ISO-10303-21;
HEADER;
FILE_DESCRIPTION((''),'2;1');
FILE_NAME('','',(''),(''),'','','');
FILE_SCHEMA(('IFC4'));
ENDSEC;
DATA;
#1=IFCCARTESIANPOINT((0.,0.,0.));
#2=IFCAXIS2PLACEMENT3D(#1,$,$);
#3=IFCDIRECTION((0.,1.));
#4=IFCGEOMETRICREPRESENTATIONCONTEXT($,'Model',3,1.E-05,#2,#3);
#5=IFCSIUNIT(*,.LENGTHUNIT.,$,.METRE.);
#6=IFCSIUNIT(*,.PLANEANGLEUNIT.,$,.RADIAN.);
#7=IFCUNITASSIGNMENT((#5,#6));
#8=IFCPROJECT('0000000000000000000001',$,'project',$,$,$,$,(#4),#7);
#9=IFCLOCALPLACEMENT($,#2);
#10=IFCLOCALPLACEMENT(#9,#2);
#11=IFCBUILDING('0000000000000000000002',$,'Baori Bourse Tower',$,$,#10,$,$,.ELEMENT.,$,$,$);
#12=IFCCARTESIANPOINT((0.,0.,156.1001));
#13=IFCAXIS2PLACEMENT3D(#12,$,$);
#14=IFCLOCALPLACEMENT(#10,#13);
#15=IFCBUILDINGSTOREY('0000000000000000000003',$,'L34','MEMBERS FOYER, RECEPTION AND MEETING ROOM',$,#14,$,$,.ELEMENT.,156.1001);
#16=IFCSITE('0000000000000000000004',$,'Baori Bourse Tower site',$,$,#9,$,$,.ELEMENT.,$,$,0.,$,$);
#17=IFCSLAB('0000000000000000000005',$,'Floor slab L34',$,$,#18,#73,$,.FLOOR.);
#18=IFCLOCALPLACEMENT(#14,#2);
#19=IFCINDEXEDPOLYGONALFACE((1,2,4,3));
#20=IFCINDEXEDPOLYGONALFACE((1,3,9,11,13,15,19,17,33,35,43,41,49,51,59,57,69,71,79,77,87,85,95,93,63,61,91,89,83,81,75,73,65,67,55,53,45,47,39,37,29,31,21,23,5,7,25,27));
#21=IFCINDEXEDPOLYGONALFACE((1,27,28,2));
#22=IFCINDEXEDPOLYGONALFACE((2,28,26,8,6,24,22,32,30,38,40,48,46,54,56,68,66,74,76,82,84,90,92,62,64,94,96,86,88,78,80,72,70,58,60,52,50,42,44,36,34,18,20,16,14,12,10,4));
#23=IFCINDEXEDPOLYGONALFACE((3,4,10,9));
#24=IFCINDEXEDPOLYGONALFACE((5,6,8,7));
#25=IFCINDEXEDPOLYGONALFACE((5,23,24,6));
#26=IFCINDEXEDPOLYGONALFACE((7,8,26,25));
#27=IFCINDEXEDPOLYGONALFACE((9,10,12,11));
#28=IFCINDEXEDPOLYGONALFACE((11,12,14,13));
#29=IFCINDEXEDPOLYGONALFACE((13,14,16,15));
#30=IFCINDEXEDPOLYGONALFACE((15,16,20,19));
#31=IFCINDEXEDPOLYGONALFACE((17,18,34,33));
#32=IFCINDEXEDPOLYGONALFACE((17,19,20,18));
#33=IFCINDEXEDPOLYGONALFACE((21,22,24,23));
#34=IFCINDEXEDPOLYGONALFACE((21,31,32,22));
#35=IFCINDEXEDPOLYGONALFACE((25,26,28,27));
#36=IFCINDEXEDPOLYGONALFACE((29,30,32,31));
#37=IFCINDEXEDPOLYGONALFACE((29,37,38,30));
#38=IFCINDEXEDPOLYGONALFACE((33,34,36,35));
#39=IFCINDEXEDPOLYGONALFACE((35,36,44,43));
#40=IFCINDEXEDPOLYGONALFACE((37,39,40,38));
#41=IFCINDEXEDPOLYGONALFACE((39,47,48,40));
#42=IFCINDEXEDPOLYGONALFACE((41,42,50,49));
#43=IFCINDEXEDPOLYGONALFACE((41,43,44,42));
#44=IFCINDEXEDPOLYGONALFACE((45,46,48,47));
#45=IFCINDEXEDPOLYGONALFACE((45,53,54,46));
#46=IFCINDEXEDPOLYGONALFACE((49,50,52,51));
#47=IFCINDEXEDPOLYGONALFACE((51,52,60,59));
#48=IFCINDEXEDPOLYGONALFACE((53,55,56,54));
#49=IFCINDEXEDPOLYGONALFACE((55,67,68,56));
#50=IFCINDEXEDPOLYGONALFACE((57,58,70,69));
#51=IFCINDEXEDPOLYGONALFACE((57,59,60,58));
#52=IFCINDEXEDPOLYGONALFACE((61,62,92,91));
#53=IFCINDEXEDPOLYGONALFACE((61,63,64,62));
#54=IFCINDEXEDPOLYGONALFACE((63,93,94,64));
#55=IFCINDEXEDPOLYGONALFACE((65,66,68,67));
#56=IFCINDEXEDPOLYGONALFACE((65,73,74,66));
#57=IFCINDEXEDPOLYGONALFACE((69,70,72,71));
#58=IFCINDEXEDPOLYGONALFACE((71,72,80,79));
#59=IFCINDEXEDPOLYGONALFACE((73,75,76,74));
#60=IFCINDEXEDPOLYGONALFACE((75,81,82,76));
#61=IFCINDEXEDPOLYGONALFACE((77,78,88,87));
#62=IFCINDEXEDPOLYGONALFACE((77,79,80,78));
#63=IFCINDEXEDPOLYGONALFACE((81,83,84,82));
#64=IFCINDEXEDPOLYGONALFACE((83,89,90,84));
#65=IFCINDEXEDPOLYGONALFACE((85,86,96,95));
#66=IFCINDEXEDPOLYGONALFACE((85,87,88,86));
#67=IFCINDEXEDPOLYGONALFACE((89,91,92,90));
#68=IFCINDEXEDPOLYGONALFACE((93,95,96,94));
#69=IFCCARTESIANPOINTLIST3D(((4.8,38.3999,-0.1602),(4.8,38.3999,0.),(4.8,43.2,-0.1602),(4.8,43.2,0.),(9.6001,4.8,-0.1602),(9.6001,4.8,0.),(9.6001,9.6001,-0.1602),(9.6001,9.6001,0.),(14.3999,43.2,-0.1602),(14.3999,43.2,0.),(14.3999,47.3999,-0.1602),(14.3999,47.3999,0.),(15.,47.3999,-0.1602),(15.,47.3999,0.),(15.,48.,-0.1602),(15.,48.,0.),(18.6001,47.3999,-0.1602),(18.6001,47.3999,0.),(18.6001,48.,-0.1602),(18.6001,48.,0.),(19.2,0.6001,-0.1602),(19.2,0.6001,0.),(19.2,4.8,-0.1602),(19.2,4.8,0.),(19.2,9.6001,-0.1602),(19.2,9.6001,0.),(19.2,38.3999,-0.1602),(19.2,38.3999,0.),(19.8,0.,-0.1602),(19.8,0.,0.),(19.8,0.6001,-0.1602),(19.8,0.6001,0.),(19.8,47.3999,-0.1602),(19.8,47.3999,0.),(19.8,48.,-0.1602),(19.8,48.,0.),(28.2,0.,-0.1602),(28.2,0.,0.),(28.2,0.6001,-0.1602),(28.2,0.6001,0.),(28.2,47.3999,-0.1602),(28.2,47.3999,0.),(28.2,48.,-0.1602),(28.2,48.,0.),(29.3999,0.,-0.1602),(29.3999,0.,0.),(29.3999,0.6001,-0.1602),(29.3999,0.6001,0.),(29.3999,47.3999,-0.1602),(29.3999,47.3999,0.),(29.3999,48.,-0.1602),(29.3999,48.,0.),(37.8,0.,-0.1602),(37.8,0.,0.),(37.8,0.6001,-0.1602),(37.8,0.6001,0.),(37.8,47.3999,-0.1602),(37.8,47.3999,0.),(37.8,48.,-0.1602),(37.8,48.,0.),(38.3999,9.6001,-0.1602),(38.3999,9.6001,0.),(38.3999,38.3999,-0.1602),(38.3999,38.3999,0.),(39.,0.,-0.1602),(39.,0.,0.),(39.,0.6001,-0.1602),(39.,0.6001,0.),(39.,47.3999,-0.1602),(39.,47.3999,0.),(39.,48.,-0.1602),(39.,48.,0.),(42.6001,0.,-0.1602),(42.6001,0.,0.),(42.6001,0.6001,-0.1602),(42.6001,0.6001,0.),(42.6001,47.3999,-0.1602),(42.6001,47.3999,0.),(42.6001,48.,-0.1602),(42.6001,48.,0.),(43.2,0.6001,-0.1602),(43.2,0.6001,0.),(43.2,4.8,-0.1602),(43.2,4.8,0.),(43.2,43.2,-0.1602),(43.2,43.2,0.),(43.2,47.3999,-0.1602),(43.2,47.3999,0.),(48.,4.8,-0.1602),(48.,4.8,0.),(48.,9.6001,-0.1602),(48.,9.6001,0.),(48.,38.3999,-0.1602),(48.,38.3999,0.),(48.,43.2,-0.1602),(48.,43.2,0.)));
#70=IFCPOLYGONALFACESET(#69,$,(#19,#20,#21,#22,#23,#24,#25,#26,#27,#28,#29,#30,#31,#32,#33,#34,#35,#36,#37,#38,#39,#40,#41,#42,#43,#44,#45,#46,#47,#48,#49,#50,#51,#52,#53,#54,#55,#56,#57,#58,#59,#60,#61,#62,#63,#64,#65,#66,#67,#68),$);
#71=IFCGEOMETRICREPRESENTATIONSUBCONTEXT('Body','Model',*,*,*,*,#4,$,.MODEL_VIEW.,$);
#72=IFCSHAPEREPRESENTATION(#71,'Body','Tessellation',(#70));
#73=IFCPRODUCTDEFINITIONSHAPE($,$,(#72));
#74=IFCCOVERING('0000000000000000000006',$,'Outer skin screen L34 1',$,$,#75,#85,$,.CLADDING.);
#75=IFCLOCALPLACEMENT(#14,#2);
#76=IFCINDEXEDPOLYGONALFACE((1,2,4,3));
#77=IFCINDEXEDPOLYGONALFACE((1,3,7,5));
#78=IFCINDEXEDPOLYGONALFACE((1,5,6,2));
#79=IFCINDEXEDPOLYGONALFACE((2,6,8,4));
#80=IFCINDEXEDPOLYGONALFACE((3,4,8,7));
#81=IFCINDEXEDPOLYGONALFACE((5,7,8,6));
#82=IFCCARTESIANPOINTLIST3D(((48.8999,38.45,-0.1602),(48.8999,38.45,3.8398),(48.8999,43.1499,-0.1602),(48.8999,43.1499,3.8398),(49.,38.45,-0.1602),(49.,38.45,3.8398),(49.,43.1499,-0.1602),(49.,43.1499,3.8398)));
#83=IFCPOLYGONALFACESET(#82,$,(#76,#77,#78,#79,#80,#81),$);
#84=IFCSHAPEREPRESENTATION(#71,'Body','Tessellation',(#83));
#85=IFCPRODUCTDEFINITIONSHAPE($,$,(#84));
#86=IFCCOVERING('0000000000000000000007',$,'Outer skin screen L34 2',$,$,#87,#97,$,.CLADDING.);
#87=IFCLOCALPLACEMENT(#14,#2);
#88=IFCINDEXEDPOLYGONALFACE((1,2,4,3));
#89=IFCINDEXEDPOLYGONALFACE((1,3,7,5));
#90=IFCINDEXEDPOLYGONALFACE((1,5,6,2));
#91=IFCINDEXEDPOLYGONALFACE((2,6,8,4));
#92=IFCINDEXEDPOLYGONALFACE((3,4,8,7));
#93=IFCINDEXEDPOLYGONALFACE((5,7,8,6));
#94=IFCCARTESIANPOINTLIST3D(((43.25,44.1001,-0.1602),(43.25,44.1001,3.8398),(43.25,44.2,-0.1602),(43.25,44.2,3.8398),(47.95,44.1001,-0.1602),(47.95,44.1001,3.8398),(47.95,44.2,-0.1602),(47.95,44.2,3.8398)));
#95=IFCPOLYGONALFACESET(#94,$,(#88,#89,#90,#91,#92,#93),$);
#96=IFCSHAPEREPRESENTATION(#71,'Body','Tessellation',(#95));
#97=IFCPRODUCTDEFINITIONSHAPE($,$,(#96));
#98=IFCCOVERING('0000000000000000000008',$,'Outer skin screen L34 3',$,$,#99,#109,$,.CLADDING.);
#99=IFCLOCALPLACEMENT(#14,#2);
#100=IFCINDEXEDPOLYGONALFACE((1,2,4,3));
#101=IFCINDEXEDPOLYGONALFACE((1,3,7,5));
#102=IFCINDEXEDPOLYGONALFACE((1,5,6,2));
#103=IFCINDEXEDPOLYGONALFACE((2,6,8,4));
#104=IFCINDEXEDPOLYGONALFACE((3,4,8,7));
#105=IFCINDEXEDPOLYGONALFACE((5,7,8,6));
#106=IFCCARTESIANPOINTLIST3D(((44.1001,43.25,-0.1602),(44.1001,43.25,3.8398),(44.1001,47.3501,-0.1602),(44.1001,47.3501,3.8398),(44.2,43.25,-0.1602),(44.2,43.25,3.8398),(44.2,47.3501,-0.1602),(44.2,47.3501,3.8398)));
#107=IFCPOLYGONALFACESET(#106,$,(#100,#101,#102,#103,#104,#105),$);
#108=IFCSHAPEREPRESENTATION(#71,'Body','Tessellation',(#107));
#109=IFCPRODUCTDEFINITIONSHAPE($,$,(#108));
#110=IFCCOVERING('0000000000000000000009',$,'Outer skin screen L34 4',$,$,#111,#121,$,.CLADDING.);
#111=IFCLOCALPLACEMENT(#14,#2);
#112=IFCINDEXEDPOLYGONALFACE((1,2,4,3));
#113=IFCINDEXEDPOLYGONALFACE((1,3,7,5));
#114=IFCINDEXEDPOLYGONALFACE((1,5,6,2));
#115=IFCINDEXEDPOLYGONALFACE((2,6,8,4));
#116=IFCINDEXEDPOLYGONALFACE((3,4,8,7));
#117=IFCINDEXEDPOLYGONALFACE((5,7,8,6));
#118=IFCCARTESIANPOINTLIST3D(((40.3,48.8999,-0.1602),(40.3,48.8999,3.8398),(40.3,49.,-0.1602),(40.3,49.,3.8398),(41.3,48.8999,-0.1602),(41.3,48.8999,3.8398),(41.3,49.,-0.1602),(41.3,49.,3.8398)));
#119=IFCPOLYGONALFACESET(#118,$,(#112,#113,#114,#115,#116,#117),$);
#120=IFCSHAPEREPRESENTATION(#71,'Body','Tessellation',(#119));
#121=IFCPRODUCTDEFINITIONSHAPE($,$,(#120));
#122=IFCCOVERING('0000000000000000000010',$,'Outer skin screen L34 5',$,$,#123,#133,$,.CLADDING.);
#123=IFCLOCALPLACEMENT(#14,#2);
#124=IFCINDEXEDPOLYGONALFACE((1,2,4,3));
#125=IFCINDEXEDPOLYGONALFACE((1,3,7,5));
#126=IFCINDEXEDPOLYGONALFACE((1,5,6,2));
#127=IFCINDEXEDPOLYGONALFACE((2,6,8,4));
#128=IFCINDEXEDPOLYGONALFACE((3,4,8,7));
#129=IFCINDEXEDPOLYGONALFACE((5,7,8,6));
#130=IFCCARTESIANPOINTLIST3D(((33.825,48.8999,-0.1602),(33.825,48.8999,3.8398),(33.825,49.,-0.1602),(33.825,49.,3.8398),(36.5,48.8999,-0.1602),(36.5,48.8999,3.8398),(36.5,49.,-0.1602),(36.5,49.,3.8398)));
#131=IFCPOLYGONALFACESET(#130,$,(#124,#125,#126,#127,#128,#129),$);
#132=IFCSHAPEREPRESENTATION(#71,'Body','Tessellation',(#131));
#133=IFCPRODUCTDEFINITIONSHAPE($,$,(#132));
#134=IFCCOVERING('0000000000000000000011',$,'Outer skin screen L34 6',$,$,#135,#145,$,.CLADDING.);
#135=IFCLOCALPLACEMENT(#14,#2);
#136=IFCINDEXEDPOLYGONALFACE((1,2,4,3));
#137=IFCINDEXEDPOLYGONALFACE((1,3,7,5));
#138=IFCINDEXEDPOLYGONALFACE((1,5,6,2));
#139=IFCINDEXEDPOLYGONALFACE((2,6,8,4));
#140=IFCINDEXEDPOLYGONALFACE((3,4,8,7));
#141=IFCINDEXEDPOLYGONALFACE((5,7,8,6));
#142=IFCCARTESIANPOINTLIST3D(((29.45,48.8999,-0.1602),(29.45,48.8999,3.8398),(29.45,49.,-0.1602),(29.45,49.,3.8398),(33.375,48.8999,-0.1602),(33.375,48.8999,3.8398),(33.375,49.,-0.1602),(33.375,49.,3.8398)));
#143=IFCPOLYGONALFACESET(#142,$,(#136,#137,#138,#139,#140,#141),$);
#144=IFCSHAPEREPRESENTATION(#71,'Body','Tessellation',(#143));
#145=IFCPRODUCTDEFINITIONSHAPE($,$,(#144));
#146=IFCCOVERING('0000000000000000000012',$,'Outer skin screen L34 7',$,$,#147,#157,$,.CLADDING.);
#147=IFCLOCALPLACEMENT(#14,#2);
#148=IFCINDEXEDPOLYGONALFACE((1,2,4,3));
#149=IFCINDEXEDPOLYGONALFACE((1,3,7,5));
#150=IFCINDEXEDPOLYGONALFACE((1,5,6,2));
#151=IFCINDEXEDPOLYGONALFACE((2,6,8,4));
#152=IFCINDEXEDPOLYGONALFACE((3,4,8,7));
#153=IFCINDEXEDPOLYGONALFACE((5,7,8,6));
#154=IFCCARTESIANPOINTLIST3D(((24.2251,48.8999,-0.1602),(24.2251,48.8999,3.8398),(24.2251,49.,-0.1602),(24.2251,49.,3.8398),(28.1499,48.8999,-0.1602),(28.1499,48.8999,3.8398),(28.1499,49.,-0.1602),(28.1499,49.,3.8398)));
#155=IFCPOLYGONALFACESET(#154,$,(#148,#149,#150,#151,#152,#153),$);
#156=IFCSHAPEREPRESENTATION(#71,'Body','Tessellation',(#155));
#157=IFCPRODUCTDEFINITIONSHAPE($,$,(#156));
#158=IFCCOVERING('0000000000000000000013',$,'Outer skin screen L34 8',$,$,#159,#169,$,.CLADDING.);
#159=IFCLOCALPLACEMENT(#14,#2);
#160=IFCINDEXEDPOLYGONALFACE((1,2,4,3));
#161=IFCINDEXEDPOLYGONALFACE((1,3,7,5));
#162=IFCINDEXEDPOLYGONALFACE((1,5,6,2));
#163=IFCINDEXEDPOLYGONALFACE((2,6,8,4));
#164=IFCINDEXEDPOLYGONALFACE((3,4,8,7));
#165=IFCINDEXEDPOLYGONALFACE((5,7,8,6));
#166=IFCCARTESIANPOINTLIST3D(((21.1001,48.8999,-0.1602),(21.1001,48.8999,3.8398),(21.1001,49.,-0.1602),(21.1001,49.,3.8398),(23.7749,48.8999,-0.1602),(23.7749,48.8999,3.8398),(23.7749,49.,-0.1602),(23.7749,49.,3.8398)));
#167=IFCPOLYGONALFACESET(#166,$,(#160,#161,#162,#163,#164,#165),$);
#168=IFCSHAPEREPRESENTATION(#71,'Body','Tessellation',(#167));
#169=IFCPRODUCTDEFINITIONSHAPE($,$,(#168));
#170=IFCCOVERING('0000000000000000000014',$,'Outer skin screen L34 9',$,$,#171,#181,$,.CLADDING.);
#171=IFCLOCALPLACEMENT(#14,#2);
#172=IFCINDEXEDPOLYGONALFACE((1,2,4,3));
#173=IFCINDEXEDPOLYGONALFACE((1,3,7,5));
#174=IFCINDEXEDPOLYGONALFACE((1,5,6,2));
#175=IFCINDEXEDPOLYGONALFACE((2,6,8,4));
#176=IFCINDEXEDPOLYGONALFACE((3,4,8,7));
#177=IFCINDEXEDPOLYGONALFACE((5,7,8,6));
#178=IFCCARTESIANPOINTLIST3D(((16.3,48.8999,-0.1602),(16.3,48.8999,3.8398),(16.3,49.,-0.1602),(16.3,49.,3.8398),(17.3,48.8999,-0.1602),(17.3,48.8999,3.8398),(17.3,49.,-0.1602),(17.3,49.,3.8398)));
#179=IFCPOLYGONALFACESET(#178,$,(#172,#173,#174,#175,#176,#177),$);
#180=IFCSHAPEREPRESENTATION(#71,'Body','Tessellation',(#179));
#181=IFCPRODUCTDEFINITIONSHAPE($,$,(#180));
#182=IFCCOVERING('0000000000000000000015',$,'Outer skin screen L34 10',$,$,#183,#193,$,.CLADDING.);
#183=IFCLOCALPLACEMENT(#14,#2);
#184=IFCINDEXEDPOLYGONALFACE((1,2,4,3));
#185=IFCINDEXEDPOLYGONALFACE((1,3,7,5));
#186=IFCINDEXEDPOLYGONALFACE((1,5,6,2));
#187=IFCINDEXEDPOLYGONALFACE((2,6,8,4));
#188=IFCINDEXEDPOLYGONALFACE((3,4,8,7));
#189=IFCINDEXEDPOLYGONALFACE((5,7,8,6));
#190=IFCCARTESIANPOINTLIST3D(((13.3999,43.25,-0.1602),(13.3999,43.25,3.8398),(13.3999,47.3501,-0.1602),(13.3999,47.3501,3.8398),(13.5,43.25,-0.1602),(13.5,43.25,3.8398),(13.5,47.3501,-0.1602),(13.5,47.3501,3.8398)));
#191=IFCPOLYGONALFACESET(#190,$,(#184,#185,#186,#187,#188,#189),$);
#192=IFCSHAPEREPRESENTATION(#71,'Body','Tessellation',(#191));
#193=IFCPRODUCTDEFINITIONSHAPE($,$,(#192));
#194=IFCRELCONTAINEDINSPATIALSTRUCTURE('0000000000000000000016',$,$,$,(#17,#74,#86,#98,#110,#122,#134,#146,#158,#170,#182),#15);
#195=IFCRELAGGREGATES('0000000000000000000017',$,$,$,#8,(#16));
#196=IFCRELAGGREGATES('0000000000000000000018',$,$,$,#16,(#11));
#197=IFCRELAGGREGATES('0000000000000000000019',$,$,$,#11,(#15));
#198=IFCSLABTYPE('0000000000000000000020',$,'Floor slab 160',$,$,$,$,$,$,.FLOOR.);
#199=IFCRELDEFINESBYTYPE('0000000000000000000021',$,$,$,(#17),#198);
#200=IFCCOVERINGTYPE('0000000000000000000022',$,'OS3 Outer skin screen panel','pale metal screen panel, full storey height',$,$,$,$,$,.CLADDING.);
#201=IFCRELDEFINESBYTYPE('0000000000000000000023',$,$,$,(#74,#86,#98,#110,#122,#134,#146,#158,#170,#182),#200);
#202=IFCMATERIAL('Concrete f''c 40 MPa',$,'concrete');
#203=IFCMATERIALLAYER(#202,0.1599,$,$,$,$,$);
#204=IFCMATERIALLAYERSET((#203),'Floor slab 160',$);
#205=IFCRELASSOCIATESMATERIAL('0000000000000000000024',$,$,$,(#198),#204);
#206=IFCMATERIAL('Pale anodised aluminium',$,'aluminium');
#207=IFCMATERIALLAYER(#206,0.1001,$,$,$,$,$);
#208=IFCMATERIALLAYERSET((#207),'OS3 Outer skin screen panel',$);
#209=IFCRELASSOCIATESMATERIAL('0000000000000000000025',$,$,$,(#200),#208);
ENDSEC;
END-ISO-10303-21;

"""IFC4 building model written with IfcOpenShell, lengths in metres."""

from ifc_helpers import new_model, si_unit, direction, frame, origin, place, context, subcontext, project, spatial, polyline, outline, extrude, material, layer, layer_set, type_object, element, save


model = new_model("IFC4")

# Units and contexts
model_context = context("Model", 3, precision=1e-05, world=origin(), true_north=direction((0.0, 1.0)))
body_context = subcontext(model_context, "Body", "Model", "MODEL_VIEW")
ifc_project = project(units=[si_unit("LENGTHUNIT", "METRE"), si_unit("PLANEANGLEUNIT", "RADIAN")], contexts=[model_context])

# Site, building, storey
site_placement = place(None, origin())
site = spatial("IfcSite", under=ifc_project, at=site_placement, Name="Baori Bourse Tower site", CompositionType="ELEMENT", RefElevation=0.0)
building_placement = place(site_placement, origin())
building = spatial("IfcBuilding", under=site, at=building_placement, Name="Baori Bourse Tower", CompositionType="ELEMENT")
storey_placement = place(building_placement, frame((0.0, 0.0, 156.1001)))
storey = spatial("IfcBuildingStorey", under=building, at=storey_placement, Name="L34", Description="MEMBERS FOYER, RECEPTION AND MEETING ROOM", CompositionType="ELEMENT", Elevation=156.1001)

# Slab
ifc_material_1 = material(Name="Concrete f'c 40 MPa", Category="concrete")
ifc_layer_1 = layer(ifc_material_1, 0.1599)
ifc_layer_set_1 = layer_set([ifc_layer_1], Name="Floor slab 160")
slab_type_1 = type_object("IfcSlabType", Name="Floor slab 160", PredefinedType="FLOOR", material=ifc_layer_set_1)
slab_1_placement = place(storey_placement, frame((0.0, 0.0, -0.1602)))
element("IfcSlab", 1, at=slab_1_placement, inside=storey, type_object=slab_type_1, Name="Floor slab L34", PredefinedType="FLOOR", context=body_context, shape_type="SweptSolid", body=[
    extrude(outline(polyline([(19.2, 4.8), (9.6001, 4.8), (9.6001, 9.6001), (19.2, 9.6001), (19.2, 38.3999), (4.8, 38.3999), (4.8, 43.2), (14.3999, 43.2), (14.3999, 47.3999), (15.0, 47.3999), (15.0, 48.0), (18.6001, 48.0), (18.6001, 47.3999), (19.8, 47.3999), (19.8, 48.0), (28.2, 48.0), (28.2, 47.3999), (29.3999, 47.3999), (29.3999, 48.0), (37.8, 48.0), (37.8, 47.3999), (39.0, 47.3999), (39.0, 48.0), (42.6001, 48.0), (42.6001, 47.3999), (43.2, 47.3999), (43.2, 43.2), (48.0, 43.2), (48.0, 38.3999), (38.3999, 38.3999), (38.3999, 9.6001), (48.0, 9.6001), (48.0, 4.8), (43.2, 4.8), (43.2, 0.6001), (42.6001, 0.6001), (42.6001, 0.0), (39.0, 0.0), (39.0, 0.6001), (37.8, 0.6001), (37.8, 0.0), (29.3999, 0.0), (29.3999, 0.6001), (28.2, 0.6001), (28.2, 0.0), (19.8, 0.0), (19.8, 0.6001), (19.2, 0.6001), (19.2, 4.8)])), origin(), (0.0, 0.0, 1.0), 0.1602),
])

# Coverings
ifc_material_2 = material(Name="Pale anodised aluminium", Category="aluminium")
ifc_layer_2 = layer(ifc_material_2, 0.1001)
ifc_layer_set_2 = layer_set([ifc_layer_2], Name="OS3 Outer skin screen panel")
covering_type = type_object("IfcCoveringType", Name="OS3 Outer skin screen panel", Description="pale metal screen panel, full storey height", PredefinedType="CLADDING", material=ifc_layer_set_2)
covering_1_placement = place(storey_placement, frame((0.0, 0.0, -0.1602)))
element("IfcCovering", 2, at=covering_1_placement, inside=storey, type_object=covering_type, Name="Outer skin screen L34 1", PredefinedType="CLADDING", context=body_context, shape_type="SweptSolid", body=[
    extrude(outline(polyline([(48.8999, 43.1499), (48.8999, 38.45), (49.0, 38.45), (49.0, 43.1499), (48.8999, 43.1499)])), origin(), (0.0, 0.0, 1.0), 4.0),
])
covering_2_placement = place(storey_placement, frame((0.0, 0.0, -0.1602)))
element("IfcCovering", 3, at=covering_2_placement, inside=storey, type_object=covering_type, Name="Outer skin screen L34 2", PredefinedType="CLADDING", context=body_context, shape_type="SweptSolid", body=[
    extrude(outline(polyline([(43.25, 44.1001), (47.95, 44.1001), (47.95, 44.2), (43.25, 44.2), (43.25, 44.1001)])), origin(), (0.0, 0.0, 1.0), 4.0),
])
covering_3_placement = place(storey_placement, frame((0.0, 0.0, -0.1602)))
element("IfcCovering", 4, at=covering_3_placement, inside=storey, type_object=covering_type, Name="Outer skin screen L34 3", PredefinedType="CLADDING", context=body_context, shape_type="SweptSolid", body=[
    extrude(outline(polyline([(44.1001, 47.3501), (44.1001, 43.25), (44.2, 43.25), (44.2, 47.3501), (44.1001, 47.3501)])), origin(), (0.0, 0.0, 1.0), 4.0),
])
covering_4_placement = place(storey_placement, frame((0.0, 0.0, -0.1602)))
element("IfcCovering", 5, at=covering_4_placement, inside=storey, type_object=covering_type, Name="Outer skin screen L34 4", PredefinedType="CLADDING", context=body_context, shape_type="SweptSolid", body=[
    extrude(outline(polyline([(40.3, 48.8999), (41.3, 48.8999), (41.3, 49.0), (40.3, 49.0), (40.3, 48.8999)])), origin(), (0.0, 0.0, 1.0), 4.0),
])
covering_5_placement = place(storey_placement, frame((0.0, 0.0, -0.1602)))
element("IfcCovering", 6, at=covering_5_placement, inside=storey, type_object=covering_type, Name="Outer skin screen L34 5", PredefinedType="CLADDING", context=body_context, shape_type="SweptSolid", body=[
    extrude(outline(polyline([(33.825, 48.8999), (36.5, 48.8999), (36.5, 49.0), (33.825, 49.0), (33.825, 48.8999)])), origin(), (0.0, 0.0, 1.0), 4.0),
])
covering_6_placement = place(storey_placement, frame((0.0, 0.0, -0.1602)))
element("IfcCovering", 7, at=covering_6_placement, inside=storey, type_object=covering_type, Name="Outer skin screen L34 6", PredefinedType="CLADDING", context=body_context, shape_type="SweptSolid", body=[
    extrude(outline(polyline([(29.45, 48.8999), (33.375, 48.8999), (33.375, 49.0), (29.45, 49.0), (29.45, 48.8999)])), origin(), (0.0, 0.0, 1.0), 4.0),
])
covering_7_placement = place(storey_placement, frame((0.0, 0.0, -0.1602)))
element("IfcCovering", 8, at=covering_7_placement, inside=storey, type_object=covering_type, Name="Outer skin screen L34 7", PredefinedType="CLADDING", context=body_context, shape_type="SweptSolid", body=[
    extrude(outline(polyline([(24.2251, 48.8999), (28.1499, 48.8999), (28.1499, 49.0), (24.2251, 49.0), (24.2251, 48.8999)])), origin(), (0.0, 0.0, 1.0), 4.0),
])
covering_8_placement = place(storey_placement, frame((0.0, 0.0, -0.1602)))
element("IfcCovering", 9, at=covering_8_placement, inside=storey, type_object=covering_type, Name="Outer skin screen L34 8", PredefinedType="CLADDING", context=body_context, shape_type="SweptSolid", body=[
    extrude(outline(polyline([(21.1001, 48.8999), (23.7749, 48.8999), (23.7749, 49.0), (21.1001, 49.0), (21.1001, 48.8999)])), origin(), (0.0, 0.0, 1.0), 4.0),
])
covering_9_placement = place(storey_placement, frame((0.0, 0.0, -0.1602)))
element("IfcCovering", 10, at=covering_9_placement, inside=storey, type_object=covering_type, Name="Outer skin screen L34 9", PredefinedType="CLADDING", context=body_context, shape_type="SweptSolid", body=[
    extrude(outline(polyline([(16.3, 48.8999), (17.3, 48.8999), (17.3, 49.0), (16.3, 49.0), (16.3, 48.8999)])), origin(), (0.0, 0.0, 1.0), 4.0),
])
covering_10_placement = place(storey_placement, frame((0.0, 0.0, -0.1602)))
element("IfcCovering", 11, at=covering_10_placement, inside=storey, type_object=covering_type, Name="Outer skin screen L34 10", PredefinedType="CLADDING", context=body_context, shape_type="SweptSolid", body=[
    extrude(outline(polyline([(13.5, 43.25), (13.5, 47.3501), (13.3999, 47.3501), (13.3999, 43.25), (13.5, 43.25)])), origin(), (0.0, 0.0, 1.0), 4.0),
])

save(model, "model.ifc")
